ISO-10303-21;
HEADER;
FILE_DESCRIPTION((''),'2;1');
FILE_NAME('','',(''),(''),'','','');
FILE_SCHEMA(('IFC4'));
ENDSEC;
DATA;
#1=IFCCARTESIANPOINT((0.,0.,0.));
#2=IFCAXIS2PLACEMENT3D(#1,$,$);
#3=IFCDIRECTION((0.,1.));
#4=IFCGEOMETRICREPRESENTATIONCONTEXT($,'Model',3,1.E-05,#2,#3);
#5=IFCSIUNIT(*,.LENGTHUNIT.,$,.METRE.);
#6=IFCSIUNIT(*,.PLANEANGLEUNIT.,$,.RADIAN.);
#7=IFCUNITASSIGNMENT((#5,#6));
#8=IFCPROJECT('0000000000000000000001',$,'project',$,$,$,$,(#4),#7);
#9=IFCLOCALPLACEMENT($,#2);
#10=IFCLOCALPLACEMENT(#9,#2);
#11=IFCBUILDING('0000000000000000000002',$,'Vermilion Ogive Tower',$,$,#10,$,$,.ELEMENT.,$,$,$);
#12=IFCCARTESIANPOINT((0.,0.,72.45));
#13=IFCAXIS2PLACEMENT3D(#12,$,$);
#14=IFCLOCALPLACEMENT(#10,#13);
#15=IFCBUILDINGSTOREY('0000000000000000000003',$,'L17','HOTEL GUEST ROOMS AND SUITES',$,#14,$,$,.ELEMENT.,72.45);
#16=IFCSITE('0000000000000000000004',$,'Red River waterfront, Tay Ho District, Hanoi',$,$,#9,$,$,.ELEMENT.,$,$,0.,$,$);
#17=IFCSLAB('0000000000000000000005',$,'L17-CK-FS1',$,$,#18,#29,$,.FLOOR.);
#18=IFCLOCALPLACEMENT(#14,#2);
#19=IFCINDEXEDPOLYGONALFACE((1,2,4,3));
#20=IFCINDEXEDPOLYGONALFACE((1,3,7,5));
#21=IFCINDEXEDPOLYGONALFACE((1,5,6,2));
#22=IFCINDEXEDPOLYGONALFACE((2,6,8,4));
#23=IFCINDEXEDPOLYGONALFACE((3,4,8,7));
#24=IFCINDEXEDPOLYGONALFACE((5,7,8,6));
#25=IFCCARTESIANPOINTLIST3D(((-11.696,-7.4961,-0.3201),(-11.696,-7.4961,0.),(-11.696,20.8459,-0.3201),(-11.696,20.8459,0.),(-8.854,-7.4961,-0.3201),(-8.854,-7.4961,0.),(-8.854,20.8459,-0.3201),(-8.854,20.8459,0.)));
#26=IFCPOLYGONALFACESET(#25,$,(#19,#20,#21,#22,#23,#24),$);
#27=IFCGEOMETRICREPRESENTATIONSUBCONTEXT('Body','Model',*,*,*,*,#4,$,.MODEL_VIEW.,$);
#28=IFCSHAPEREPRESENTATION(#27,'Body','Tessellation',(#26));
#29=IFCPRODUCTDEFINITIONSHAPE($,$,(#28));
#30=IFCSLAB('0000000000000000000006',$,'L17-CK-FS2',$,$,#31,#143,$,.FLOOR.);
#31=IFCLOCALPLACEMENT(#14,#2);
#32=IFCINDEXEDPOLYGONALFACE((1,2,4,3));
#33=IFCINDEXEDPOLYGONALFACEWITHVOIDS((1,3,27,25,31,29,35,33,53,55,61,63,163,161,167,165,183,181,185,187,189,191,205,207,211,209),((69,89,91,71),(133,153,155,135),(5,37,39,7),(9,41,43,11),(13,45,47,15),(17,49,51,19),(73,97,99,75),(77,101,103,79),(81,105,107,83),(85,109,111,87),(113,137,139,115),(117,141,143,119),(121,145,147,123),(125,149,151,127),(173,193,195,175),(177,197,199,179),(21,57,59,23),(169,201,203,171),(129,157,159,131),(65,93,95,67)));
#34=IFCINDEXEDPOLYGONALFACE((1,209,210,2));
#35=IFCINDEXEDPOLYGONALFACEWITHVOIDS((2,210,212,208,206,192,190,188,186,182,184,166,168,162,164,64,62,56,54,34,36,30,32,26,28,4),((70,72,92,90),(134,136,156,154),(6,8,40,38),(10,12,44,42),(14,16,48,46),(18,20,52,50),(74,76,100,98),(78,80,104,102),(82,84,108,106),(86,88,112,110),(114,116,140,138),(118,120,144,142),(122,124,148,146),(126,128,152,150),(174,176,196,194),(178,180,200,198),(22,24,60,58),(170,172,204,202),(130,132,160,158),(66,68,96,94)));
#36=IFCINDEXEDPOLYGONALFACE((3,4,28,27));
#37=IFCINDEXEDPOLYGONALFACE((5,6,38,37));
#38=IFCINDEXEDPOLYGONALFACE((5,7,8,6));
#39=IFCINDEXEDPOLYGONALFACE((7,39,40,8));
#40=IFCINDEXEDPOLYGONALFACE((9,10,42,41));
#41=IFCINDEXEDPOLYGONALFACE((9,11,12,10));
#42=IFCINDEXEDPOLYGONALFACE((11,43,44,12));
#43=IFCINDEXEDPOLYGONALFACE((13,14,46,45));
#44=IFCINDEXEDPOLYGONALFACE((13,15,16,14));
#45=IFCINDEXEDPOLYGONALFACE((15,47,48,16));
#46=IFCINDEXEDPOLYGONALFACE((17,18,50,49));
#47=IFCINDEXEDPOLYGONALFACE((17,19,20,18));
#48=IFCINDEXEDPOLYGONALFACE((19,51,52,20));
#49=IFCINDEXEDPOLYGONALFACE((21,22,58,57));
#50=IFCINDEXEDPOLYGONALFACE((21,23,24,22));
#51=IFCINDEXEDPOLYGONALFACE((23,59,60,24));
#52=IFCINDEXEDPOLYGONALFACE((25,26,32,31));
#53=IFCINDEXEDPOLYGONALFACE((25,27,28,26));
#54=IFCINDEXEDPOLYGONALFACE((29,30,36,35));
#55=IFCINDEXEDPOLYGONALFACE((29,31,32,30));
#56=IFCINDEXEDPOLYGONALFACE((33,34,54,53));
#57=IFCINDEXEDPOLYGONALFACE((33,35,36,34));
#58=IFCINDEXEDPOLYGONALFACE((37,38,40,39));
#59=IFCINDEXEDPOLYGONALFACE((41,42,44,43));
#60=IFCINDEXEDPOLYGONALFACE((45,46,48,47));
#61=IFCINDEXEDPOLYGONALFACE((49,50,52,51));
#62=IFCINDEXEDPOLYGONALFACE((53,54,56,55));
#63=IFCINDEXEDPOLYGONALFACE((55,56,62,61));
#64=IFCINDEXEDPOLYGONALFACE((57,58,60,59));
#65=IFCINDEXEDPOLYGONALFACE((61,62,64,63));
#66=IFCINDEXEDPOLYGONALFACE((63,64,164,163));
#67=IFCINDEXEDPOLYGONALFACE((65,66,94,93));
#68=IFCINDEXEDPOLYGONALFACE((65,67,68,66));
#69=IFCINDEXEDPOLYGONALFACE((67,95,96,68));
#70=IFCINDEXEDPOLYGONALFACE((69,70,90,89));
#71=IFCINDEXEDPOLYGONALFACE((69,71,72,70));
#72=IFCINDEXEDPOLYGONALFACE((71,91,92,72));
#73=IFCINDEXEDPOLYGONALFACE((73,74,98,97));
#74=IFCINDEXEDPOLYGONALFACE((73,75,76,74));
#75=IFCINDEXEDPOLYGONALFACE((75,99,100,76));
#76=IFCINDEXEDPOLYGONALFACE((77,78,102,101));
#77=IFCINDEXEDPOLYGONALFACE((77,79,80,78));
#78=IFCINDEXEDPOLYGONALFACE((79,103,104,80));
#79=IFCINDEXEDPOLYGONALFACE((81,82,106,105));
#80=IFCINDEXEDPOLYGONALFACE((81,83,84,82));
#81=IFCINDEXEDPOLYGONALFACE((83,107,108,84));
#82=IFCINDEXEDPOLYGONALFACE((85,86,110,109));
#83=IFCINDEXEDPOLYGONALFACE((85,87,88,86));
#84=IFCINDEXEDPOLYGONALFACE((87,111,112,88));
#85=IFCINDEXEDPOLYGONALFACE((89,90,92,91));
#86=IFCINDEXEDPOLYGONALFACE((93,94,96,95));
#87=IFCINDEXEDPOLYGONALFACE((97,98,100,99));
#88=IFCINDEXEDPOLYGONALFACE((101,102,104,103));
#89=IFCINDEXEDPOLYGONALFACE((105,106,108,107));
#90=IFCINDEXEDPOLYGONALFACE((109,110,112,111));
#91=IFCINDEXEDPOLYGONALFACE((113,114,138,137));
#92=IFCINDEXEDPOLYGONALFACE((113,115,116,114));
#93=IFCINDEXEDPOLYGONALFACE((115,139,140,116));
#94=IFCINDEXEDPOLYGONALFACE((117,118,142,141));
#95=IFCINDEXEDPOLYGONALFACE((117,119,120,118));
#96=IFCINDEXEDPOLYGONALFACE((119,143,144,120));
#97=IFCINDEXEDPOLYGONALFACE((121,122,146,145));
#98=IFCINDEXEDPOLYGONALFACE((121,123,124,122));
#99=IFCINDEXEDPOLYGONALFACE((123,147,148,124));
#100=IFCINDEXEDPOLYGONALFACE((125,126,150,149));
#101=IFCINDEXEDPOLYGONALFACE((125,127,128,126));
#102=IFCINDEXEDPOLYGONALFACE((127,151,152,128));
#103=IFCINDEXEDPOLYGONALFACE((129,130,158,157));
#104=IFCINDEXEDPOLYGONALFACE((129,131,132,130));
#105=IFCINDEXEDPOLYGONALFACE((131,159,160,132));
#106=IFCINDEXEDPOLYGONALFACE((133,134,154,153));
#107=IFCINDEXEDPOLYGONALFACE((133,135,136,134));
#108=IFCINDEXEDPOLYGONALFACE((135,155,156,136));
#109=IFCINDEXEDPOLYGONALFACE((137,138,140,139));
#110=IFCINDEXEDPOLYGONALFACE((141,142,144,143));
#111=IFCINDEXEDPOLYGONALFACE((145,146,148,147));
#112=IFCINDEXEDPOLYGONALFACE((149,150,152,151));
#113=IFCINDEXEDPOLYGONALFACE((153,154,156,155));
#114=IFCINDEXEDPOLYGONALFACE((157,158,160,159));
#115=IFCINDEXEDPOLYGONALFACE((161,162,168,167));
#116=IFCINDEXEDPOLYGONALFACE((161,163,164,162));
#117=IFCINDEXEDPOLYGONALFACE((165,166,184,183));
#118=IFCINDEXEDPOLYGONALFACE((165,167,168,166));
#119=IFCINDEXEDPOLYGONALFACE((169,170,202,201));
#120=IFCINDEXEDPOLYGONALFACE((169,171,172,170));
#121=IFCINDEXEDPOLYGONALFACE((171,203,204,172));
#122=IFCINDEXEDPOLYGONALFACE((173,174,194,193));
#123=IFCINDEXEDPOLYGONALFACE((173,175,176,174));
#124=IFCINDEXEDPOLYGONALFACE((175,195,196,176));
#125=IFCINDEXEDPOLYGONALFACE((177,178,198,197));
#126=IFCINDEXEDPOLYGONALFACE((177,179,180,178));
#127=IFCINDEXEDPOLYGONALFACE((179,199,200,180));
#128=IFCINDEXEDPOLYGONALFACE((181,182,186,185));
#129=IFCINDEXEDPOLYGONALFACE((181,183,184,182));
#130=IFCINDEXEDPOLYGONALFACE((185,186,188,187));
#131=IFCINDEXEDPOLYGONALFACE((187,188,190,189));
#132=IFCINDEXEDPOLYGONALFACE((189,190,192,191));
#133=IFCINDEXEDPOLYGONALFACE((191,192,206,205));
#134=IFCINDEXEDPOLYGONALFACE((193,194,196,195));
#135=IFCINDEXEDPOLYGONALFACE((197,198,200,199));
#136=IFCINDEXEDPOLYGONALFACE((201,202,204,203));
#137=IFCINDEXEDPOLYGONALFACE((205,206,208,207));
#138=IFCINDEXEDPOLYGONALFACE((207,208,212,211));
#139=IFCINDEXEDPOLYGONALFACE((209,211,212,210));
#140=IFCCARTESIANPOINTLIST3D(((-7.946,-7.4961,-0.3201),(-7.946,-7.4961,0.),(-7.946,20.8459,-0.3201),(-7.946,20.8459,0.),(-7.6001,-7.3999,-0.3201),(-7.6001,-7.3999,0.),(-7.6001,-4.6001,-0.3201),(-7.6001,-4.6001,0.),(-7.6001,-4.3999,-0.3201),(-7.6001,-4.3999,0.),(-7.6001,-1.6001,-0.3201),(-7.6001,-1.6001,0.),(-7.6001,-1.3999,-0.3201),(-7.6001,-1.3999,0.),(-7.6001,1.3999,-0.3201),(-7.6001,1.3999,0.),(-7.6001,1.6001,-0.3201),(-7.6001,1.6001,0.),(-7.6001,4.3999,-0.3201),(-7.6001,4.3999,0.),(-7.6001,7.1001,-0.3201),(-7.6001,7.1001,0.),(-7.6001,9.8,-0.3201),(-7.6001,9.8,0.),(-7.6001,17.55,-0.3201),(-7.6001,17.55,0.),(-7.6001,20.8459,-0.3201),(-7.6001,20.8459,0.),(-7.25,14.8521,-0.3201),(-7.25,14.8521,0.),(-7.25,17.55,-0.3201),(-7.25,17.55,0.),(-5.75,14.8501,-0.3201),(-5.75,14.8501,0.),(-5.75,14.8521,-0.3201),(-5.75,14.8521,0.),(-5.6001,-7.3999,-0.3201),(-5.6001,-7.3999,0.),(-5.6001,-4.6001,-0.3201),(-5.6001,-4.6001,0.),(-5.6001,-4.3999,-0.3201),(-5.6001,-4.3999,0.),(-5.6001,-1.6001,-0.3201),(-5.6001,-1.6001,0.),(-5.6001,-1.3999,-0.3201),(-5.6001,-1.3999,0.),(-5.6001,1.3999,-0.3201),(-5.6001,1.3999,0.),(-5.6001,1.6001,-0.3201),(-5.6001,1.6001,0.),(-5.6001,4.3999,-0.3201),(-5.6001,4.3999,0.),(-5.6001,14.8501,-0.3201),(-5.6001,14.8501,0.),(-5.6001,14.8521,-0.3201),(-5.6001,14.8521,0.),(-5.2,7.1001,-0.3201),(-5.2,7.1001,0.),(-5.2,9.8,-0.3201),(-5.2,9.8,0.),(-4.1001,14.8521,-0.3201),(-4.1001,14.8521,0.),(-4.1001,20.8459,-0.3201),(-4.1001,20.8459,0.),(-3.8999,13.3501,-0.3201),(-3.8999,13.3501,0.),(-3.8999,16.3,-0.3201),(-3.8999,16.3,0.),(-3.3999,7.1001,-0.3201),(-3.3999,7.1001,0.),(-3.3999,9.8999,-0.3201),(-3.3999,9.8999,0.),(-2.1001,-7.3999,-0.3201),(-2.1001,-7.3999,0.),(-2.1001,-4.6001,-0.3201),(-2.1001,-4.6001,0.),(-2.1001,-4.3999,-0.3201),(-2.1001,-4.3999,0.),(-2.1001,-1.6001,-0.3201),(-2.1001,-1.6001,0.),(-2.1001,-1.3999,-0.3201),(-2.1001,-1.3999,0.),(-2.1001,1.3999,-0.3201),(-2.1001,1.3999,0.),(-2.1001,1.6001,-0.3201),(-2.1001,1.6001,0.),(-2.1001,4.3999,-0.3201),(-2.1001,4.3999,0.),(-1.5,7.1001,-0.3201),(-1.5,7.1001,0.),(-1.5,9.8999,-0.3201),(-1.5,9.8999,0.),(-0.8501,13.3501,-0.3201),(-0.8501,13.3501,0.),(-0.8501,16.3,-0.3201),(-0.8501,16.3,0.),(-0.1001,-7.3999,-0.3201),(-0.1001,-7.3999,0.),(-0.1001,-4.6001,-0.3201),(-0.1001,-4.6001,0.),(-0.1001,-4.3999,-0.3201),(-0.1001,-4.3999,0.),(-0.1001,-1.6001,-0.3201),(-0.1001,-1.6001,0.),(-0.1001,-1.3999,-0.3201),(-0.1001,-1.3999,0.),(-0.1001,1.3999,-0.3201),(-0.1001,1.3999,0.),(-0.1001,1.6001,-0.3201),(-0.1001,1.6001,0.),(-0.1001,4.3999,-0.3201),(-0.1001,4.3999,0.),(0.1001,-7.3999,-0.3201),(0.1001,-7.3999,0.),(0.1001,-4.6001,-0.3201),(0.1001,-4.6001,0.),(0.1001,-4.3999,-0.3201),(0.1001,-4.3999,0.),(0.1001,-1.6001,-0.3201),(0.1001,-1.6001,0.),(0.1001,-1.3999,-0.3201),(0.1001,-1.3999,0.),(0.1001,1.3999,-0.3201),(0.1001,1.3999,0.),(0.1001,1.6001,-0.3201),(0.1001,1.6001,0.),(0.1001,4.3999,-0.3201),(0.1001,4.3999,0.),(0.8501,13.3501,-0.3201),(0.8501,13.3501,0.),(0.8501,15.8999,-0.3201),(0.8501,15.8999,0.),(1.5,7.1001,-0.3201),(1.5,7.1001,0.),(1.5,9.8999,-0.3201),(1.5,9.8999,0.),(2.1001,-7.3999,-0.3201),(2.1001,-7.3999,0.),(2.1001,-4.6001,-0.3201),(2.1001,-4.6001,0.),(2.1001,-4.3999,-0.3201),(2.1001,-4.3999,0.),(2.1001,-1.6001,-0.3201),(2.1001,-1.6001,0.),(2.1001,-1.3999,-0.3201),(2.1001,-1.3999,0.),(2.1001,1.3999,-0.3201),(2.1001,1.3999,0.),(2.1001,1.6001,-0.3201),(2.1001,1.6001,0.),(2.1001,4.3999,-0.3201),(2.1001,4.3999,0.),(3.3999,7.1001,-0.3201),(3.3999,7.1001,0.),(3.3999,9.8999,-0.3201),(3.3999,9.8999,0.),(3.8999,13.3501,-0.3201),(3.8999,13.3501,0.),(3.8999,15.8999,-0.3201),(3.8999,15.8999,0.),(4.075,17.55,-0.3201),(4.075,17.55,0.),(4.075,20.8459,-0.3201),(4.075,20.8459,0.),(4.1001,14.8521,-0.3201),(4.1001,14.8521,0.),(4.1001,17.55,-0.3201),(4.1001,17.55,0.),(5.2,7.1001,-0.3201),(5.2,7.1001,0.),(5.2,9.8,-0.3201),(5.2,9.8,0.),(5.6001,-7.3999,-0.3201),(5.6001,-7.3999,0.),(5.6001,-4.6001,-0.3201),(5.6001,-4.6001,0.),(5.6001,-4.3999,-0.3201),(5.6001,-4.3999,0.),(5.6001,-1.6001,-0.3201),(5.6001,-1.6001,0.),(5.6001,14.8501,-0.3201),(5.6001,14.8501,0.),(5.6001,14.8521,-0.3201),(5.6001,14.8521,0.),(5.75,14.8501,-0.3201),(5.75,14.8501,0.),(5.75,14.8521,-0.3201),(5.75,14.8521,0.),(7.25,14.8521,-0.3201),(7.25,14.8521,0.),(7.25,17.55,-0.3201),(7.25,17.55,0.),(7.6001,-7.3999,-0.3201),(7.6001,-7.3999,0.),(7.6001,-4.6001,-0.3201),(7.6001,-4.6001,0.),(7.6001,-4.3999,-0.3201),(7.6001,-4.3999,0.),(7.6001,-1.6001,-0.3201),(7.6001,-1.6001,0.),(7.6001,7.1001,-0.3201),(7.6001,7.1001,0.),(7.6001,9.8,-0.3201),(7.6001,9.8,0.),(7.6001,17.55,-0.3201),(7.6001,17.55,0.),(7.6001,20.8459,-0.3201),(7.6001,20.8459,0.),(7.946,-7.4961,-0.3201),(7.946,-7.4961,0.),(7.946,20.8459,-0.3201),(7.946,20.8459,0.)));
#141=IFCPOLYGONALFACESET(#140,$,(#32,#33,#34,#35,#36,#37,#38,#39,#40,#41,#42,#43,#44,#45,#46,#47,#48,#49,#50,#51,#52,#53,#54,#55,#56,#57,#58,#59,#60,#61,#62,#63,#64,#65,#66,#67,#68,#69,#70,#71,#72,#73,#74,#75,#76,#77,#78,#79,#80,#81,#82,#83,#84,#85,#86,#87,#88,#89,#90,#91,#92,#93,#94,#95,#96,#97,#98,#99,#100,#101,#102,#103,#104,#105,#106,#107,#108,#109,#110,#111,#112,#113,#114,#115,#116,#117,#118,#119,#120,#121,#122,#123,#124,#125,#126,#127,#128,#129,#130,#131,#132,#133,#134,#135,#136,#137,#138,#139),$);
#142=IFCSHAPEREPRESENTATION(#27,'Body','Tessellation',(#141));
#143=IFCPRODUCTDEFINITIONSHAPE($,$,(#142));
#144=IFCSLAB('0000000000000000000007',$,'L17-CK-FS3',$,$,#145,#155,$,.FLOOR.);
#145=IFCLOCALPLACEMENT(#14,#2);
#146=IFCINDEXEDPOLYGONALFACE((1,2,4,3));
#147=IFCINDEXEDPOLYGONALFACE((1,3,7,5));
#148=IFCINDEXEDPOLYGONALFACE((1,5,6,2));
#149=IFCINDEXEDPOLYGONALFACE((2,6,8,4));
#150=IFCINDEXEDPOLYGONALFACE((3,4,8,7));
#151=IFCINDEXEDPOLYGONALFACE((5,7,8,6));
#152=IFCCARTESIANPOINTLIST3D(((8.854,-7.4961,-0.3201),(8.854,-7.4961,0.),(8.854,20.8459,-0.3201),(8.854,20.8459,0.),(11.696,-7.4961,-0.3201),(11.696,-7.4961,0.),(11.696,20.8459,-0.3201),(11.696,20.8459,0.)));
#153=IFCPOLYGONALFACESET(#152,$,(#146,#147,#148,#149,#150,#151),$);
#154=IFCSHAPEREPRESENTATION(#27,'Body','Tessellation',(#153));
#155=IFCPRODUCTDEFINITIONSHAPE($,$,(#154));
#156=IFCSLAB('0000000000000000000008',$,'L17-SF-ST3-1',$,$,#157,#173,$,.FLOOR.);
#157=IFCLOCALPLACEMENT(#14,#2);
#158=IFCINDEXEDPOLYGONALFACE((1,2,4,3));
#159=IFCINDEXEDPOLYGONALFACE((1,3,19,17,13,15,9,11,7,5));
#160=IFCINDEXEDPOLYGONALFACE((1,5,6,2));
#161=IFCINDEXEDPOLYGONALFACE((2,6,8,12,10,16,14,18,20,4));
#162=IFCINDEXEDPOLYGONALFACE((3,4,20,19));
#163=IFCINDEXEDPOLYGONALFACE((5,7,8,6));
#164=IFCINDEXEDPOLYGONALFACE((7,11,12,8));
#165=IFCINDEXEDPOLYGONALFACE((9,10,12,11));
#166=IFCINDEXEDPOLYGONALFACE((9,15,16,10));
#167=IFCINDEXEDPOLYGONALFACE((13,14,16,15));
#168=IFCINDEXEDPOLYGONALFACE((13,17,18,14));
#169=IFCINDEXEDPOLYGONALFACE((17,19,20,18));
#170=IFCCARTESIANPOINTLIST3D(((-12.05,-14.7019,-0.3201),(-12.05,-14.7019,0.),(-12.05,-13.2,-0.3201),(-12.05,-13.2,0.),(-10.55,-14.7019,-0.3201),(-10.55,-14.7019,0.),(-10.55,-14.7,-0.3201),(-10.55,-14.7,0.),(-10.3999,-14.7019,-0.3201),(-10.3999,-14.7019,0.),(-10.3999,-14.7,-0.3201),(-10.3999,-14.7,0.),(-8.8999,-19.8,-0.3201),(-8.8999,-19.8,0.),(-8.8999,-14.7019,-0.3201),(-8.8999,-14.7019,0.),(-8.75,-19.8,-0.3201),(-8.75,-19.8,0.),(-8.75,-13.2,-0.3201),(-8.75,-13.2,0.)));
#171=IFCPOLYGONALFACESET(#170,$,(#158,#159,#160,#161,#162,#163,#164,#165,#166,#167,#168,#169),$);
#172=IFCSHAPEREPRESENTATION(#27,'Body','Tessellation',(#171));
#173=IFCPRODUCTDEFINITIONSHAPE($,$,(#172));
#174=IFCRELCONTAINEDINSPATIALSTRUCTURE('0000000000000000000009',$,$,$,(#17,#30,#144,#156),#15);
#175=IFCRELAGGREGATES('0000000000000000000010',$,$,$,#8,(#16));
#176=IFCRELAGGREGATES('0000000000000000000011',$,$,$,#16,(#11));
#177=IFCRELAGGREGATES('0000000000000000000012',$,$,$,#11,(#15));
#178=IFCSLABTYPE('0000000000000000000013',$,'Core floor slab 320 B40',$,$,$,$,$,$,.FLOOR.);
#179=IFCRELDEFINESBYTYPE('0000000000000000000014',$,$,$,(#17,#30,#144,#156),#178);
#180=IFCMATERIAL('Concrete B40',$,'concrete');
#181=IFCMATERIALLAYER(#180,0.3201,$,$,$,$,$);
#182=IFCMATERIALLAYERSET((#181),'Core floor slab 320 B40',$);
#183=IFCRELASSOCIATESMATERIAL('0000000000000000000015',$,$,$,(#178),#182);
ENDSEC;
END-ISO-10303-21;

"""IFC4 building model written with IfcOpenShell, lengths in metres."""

from ifc_helpers import new_model, si_unit, direction, frame, origin, place, context, subcontext, project, spatial, polyline, outline, extrude, material, layer, layer_set, type_object, element, save


model = new_model("IFC4")

# Units and contexts
model_context = context("Model", 3, precision=1e-05, world=origin(), true_north=direction((0.0, 1.0)))
body_context = subcontext(model_context, "Body", "Model", "MODEL_VIEW")
ifc_project = project(units=[si_unit("LENGTHUNIT", "METRE"), si_unit("PLANEANGLEUNIT", "RADIAN")], contexts=[model_context])

# Site, building, storey
site_placement = place(None, origin())
site = spatial("IfcSite", under=ifc_project, at=site_placement, Name="Red River waterfront, Tay Ho District, Hanoi", CompositionType="ELEMENT", RefElevation=0.0)
building_placement = place(site_placement, origin())
building = spatial("IfcBuilding", under=site, at=building_placement, Name="Vermilion Ogive Tower", CompositionType="ELEMENT")
storey_placement = place(building_placement, frame((0.0, 0.0, 72.45)))
storey = spatial("IfcBuildingStorey", under=building, at=storey_placement, Name="L17", Description="HOTEL GUEST ROOMS AND SUITES", CompositionType="ELEMENT", Elevation=72.45)

# Slabs
ifc_material_1 = material(Name="Concrete B40", Category="concrete")
ifc_layer_1 = layer(ifc_material_1, 0.3201)
ifc_layer_set_1 = layer_set([ifc_layer_1], Name="Core floor slab 320 B40")
slab_type_1 = type_object("IfcSlabType", Name="Core floor slab 320 B40", PredefinedType="FLOOR", material=ifc_layer_set_1)
slab_1_placement = place(storey_placement, frame((0.0, 0.0, -0.3201)))
element("IfcSlab", 1, at=slab_1_placement, inside=storey, type_object=slab_type_1, Name="L17-CK-FS1", PredefinedType="FLOOR", context=body_context, shape_type="SweptSolid", body=[
    extrude(outline(polyline([(-8.854, -7.4961), (-11.696, -7.4961), (-11.696, 20.8459), (-8.854, 20.8459), (-8.854, -7.4961)])), origin(), (0.0, 0.0, 1.0), 0.3201),
])
slab_2_placement = place(storey_placement, frame((0.0, 0.0, -0.3201)))
element("IfcSlab", 2, at=slab_2_placement, inside=storey, type_object=slab_type_1, Name="L17-CK-FS2", PredefinedType="FLOOR", context=body_context, shape_type="SweptSolid", body=[
    extrude(outline(polyline([(5.75, 14.8501), (5.6001, 14.8501), (5.6001, 14.8521), (4.1001, 14.8521), (4.1001, 17.55), (4.075, 17.55), (4.075, 20.8459), (-4.1001, 20.8459), (-4.1001, 14.8521), (-5.6001, 14.8521), (-5.6001, 14.8501), (-5.75, 14.8501), (-5.75, 14.8521), (-7.25, 14.8521), (-7.25, 17.55), (-7.6001, 17.55), (-7.6001, 20.8459), (-7.946, 20.8459), (-7.946, -7.4961), (7.946, -7.4961), (7.946, 20.8459), (7.6001, 20.8459), (7.6001, 17.55), (7.25, 17.55), (7.25, 14.8521), (5.75, 14.8521), (5.75, 14.8501)]), holes=[polyline([(-7.6001, -4.6001), (-5.6001, -4.6001), (-5.6001, -7.3999), (-7.6001, -7.3999), (-7.6001, -4.6001)]), polyline([(-2.1001, -4.6001), (-0.1001, -4.6001), (-0.1001, -7.3999), (-2.1001, -7.3999), (-2.1001, -4.6001)]), polyline([(-7.6001, -4.3999), (-7.6001, -1.6001), (-5.6001, -1.6001), (-5.6001, -4.3999), (-7.6001, -4.3999)]), polyline([(-2.1001, -1.6001), (-0.1001, -1.6001), (-0.1001, -4.3999), (-2.1001, -4.3999), (-2.1001, -1.6001)]), polyline([(-7.6001, -1.3999), (-7.6001, 1.3999), (-5.6001, 1.3999), (-5.6001, -1.3999), (-7.6001, -1.3999)]), polyline([(-2.1001, 1.3999), (-0.1001, 1.3999), (-0.1001, -1.3999), (-2.1001, -1.3999), (-2.1001, 1.3999)]), polyline([(-7.6001, 4.3999), (-5.6001, 4.3999), (-5.6001, 1.6001), (-7.6001, 1.6001), (-7.6001, 4.3999)]), polyline([(-2.1001, 4.3999), (-0.1001, 4.3999), (-0.1001, 1.6001), (-2.1001, 1.6001), (-2.1001, 4.3999)]), polyline([(-7.6001, 9.8), (-5.2, 9.8), (-5.2, 7.1001), (-7.6001, 7.1001), (-7.6001, 9.8)]), polyline([(-3.3999, 9.8999), (-1.5, 9.8999), (-1.5, 7.1001), (-3.3999, 7.1001), (-3.3999, 9.8999)]), polyline([(-3.8999, 16.3), (-0.8501, 16.3), (-0.8501, 13.3501), (-3.8999, 13.3501), (-3.8999, 16.3)]), polyline([(0.1001, -4.6001), (2.1001, -4.6001), (2.1001, -7.3999), (0.1001, -7.3999), (0.1001, -4.6001)]), polyline([(5.6001, -4.6001), (7.6001, -4.6001), (7.6001, -7.3999), (5.6001, -7.3999), (5.6001, -4.6001)]), polyline([(0.1001, -1.6001), (2.1001, -1.6001), (2.1001, -4.3999), (0.1001, -4.3999), (0.1001, -1.6001)]), polyline([(5.6001, -1.6001), (7.6001, -1.6001), (7.6001, -4.3999), (5.6001, -4.3999), (5.6001, -1.6001)]), polyline([(0.1001, 1.3999), (2.1001, 1.3999), (2.1001, -1.3999), (0.1001, -1.3999), (0.1001, 1.3999)]), polyline([(0.1001, 4.3999), (2.1001, 4.3999), (2.1001, 1.6001), (0.1001, 1.6001), (0.1001, 4.3999)]), polyline([(5.2, 9.8), (7.6001, 9.8), (7.6001, 7.1001), (5.2, 7.1001), (5.2, 9.8)]), polyline([(1.5, 9.8999), (3.3999, 9.8999), (3.3999, 7.1001), (1.5, 7.1001), (1.5, 9.8999)]), polyline([(0.8501, 15.8999), (3.8999, 15.8999), (3.8999, 13.3501), (0.8501, 13.3501), (0.8501, 15.8999)])]), origin(), (0.0, 0.0, 1.0), 0.3201),
])
slab_3_placement = place(storey_placement, frame((0.0, 0.0, -0.3201)))
element("IfcSlab", 3, at=slab_3_placement, inside=storey, type_object=slab_type_1, Name="L17-CK-FS3", PredefinedType="FLOOR", context=body_context, shape_type="SweptSolid", body=[
    extrude(outline(polyline([(8.854, 20.8459), (11.696, 20.8459), (11.696, -7.4961), (8.854, -7.4961), (8.854, 20.8459)])), origin(), (0.0, 0.0, 1.0), 0.3201),
])
slab_4_placement = place(storey_placement, frame((0.0, 0.0, -0.3201)))
element("IfcSlab", 4, at=slab_4_placement, inside=storey, type_object=slab_type_1, Name="L17-SF-ST3-1", PredefinedType="FLOOR", context=body_context, shape_type="SweptSolid", body=[
    extrude(outline(polyline([(-12.05, -13.2), (-12.05, -14.7019), (-10.55, -14.7019), (-10.55, -14.7), (-10.3999, -14.7), (-10.3999, -14.7019), (-8.8999, -14.7019), (-8.8999, -19.8), (-8.75, -19.8), (-8.75, -13.2), (-12.05, -13.2)])), origin(), (0.0, 0.0, 1.0), 0.3201),
])

save(model, "model.ifc")
